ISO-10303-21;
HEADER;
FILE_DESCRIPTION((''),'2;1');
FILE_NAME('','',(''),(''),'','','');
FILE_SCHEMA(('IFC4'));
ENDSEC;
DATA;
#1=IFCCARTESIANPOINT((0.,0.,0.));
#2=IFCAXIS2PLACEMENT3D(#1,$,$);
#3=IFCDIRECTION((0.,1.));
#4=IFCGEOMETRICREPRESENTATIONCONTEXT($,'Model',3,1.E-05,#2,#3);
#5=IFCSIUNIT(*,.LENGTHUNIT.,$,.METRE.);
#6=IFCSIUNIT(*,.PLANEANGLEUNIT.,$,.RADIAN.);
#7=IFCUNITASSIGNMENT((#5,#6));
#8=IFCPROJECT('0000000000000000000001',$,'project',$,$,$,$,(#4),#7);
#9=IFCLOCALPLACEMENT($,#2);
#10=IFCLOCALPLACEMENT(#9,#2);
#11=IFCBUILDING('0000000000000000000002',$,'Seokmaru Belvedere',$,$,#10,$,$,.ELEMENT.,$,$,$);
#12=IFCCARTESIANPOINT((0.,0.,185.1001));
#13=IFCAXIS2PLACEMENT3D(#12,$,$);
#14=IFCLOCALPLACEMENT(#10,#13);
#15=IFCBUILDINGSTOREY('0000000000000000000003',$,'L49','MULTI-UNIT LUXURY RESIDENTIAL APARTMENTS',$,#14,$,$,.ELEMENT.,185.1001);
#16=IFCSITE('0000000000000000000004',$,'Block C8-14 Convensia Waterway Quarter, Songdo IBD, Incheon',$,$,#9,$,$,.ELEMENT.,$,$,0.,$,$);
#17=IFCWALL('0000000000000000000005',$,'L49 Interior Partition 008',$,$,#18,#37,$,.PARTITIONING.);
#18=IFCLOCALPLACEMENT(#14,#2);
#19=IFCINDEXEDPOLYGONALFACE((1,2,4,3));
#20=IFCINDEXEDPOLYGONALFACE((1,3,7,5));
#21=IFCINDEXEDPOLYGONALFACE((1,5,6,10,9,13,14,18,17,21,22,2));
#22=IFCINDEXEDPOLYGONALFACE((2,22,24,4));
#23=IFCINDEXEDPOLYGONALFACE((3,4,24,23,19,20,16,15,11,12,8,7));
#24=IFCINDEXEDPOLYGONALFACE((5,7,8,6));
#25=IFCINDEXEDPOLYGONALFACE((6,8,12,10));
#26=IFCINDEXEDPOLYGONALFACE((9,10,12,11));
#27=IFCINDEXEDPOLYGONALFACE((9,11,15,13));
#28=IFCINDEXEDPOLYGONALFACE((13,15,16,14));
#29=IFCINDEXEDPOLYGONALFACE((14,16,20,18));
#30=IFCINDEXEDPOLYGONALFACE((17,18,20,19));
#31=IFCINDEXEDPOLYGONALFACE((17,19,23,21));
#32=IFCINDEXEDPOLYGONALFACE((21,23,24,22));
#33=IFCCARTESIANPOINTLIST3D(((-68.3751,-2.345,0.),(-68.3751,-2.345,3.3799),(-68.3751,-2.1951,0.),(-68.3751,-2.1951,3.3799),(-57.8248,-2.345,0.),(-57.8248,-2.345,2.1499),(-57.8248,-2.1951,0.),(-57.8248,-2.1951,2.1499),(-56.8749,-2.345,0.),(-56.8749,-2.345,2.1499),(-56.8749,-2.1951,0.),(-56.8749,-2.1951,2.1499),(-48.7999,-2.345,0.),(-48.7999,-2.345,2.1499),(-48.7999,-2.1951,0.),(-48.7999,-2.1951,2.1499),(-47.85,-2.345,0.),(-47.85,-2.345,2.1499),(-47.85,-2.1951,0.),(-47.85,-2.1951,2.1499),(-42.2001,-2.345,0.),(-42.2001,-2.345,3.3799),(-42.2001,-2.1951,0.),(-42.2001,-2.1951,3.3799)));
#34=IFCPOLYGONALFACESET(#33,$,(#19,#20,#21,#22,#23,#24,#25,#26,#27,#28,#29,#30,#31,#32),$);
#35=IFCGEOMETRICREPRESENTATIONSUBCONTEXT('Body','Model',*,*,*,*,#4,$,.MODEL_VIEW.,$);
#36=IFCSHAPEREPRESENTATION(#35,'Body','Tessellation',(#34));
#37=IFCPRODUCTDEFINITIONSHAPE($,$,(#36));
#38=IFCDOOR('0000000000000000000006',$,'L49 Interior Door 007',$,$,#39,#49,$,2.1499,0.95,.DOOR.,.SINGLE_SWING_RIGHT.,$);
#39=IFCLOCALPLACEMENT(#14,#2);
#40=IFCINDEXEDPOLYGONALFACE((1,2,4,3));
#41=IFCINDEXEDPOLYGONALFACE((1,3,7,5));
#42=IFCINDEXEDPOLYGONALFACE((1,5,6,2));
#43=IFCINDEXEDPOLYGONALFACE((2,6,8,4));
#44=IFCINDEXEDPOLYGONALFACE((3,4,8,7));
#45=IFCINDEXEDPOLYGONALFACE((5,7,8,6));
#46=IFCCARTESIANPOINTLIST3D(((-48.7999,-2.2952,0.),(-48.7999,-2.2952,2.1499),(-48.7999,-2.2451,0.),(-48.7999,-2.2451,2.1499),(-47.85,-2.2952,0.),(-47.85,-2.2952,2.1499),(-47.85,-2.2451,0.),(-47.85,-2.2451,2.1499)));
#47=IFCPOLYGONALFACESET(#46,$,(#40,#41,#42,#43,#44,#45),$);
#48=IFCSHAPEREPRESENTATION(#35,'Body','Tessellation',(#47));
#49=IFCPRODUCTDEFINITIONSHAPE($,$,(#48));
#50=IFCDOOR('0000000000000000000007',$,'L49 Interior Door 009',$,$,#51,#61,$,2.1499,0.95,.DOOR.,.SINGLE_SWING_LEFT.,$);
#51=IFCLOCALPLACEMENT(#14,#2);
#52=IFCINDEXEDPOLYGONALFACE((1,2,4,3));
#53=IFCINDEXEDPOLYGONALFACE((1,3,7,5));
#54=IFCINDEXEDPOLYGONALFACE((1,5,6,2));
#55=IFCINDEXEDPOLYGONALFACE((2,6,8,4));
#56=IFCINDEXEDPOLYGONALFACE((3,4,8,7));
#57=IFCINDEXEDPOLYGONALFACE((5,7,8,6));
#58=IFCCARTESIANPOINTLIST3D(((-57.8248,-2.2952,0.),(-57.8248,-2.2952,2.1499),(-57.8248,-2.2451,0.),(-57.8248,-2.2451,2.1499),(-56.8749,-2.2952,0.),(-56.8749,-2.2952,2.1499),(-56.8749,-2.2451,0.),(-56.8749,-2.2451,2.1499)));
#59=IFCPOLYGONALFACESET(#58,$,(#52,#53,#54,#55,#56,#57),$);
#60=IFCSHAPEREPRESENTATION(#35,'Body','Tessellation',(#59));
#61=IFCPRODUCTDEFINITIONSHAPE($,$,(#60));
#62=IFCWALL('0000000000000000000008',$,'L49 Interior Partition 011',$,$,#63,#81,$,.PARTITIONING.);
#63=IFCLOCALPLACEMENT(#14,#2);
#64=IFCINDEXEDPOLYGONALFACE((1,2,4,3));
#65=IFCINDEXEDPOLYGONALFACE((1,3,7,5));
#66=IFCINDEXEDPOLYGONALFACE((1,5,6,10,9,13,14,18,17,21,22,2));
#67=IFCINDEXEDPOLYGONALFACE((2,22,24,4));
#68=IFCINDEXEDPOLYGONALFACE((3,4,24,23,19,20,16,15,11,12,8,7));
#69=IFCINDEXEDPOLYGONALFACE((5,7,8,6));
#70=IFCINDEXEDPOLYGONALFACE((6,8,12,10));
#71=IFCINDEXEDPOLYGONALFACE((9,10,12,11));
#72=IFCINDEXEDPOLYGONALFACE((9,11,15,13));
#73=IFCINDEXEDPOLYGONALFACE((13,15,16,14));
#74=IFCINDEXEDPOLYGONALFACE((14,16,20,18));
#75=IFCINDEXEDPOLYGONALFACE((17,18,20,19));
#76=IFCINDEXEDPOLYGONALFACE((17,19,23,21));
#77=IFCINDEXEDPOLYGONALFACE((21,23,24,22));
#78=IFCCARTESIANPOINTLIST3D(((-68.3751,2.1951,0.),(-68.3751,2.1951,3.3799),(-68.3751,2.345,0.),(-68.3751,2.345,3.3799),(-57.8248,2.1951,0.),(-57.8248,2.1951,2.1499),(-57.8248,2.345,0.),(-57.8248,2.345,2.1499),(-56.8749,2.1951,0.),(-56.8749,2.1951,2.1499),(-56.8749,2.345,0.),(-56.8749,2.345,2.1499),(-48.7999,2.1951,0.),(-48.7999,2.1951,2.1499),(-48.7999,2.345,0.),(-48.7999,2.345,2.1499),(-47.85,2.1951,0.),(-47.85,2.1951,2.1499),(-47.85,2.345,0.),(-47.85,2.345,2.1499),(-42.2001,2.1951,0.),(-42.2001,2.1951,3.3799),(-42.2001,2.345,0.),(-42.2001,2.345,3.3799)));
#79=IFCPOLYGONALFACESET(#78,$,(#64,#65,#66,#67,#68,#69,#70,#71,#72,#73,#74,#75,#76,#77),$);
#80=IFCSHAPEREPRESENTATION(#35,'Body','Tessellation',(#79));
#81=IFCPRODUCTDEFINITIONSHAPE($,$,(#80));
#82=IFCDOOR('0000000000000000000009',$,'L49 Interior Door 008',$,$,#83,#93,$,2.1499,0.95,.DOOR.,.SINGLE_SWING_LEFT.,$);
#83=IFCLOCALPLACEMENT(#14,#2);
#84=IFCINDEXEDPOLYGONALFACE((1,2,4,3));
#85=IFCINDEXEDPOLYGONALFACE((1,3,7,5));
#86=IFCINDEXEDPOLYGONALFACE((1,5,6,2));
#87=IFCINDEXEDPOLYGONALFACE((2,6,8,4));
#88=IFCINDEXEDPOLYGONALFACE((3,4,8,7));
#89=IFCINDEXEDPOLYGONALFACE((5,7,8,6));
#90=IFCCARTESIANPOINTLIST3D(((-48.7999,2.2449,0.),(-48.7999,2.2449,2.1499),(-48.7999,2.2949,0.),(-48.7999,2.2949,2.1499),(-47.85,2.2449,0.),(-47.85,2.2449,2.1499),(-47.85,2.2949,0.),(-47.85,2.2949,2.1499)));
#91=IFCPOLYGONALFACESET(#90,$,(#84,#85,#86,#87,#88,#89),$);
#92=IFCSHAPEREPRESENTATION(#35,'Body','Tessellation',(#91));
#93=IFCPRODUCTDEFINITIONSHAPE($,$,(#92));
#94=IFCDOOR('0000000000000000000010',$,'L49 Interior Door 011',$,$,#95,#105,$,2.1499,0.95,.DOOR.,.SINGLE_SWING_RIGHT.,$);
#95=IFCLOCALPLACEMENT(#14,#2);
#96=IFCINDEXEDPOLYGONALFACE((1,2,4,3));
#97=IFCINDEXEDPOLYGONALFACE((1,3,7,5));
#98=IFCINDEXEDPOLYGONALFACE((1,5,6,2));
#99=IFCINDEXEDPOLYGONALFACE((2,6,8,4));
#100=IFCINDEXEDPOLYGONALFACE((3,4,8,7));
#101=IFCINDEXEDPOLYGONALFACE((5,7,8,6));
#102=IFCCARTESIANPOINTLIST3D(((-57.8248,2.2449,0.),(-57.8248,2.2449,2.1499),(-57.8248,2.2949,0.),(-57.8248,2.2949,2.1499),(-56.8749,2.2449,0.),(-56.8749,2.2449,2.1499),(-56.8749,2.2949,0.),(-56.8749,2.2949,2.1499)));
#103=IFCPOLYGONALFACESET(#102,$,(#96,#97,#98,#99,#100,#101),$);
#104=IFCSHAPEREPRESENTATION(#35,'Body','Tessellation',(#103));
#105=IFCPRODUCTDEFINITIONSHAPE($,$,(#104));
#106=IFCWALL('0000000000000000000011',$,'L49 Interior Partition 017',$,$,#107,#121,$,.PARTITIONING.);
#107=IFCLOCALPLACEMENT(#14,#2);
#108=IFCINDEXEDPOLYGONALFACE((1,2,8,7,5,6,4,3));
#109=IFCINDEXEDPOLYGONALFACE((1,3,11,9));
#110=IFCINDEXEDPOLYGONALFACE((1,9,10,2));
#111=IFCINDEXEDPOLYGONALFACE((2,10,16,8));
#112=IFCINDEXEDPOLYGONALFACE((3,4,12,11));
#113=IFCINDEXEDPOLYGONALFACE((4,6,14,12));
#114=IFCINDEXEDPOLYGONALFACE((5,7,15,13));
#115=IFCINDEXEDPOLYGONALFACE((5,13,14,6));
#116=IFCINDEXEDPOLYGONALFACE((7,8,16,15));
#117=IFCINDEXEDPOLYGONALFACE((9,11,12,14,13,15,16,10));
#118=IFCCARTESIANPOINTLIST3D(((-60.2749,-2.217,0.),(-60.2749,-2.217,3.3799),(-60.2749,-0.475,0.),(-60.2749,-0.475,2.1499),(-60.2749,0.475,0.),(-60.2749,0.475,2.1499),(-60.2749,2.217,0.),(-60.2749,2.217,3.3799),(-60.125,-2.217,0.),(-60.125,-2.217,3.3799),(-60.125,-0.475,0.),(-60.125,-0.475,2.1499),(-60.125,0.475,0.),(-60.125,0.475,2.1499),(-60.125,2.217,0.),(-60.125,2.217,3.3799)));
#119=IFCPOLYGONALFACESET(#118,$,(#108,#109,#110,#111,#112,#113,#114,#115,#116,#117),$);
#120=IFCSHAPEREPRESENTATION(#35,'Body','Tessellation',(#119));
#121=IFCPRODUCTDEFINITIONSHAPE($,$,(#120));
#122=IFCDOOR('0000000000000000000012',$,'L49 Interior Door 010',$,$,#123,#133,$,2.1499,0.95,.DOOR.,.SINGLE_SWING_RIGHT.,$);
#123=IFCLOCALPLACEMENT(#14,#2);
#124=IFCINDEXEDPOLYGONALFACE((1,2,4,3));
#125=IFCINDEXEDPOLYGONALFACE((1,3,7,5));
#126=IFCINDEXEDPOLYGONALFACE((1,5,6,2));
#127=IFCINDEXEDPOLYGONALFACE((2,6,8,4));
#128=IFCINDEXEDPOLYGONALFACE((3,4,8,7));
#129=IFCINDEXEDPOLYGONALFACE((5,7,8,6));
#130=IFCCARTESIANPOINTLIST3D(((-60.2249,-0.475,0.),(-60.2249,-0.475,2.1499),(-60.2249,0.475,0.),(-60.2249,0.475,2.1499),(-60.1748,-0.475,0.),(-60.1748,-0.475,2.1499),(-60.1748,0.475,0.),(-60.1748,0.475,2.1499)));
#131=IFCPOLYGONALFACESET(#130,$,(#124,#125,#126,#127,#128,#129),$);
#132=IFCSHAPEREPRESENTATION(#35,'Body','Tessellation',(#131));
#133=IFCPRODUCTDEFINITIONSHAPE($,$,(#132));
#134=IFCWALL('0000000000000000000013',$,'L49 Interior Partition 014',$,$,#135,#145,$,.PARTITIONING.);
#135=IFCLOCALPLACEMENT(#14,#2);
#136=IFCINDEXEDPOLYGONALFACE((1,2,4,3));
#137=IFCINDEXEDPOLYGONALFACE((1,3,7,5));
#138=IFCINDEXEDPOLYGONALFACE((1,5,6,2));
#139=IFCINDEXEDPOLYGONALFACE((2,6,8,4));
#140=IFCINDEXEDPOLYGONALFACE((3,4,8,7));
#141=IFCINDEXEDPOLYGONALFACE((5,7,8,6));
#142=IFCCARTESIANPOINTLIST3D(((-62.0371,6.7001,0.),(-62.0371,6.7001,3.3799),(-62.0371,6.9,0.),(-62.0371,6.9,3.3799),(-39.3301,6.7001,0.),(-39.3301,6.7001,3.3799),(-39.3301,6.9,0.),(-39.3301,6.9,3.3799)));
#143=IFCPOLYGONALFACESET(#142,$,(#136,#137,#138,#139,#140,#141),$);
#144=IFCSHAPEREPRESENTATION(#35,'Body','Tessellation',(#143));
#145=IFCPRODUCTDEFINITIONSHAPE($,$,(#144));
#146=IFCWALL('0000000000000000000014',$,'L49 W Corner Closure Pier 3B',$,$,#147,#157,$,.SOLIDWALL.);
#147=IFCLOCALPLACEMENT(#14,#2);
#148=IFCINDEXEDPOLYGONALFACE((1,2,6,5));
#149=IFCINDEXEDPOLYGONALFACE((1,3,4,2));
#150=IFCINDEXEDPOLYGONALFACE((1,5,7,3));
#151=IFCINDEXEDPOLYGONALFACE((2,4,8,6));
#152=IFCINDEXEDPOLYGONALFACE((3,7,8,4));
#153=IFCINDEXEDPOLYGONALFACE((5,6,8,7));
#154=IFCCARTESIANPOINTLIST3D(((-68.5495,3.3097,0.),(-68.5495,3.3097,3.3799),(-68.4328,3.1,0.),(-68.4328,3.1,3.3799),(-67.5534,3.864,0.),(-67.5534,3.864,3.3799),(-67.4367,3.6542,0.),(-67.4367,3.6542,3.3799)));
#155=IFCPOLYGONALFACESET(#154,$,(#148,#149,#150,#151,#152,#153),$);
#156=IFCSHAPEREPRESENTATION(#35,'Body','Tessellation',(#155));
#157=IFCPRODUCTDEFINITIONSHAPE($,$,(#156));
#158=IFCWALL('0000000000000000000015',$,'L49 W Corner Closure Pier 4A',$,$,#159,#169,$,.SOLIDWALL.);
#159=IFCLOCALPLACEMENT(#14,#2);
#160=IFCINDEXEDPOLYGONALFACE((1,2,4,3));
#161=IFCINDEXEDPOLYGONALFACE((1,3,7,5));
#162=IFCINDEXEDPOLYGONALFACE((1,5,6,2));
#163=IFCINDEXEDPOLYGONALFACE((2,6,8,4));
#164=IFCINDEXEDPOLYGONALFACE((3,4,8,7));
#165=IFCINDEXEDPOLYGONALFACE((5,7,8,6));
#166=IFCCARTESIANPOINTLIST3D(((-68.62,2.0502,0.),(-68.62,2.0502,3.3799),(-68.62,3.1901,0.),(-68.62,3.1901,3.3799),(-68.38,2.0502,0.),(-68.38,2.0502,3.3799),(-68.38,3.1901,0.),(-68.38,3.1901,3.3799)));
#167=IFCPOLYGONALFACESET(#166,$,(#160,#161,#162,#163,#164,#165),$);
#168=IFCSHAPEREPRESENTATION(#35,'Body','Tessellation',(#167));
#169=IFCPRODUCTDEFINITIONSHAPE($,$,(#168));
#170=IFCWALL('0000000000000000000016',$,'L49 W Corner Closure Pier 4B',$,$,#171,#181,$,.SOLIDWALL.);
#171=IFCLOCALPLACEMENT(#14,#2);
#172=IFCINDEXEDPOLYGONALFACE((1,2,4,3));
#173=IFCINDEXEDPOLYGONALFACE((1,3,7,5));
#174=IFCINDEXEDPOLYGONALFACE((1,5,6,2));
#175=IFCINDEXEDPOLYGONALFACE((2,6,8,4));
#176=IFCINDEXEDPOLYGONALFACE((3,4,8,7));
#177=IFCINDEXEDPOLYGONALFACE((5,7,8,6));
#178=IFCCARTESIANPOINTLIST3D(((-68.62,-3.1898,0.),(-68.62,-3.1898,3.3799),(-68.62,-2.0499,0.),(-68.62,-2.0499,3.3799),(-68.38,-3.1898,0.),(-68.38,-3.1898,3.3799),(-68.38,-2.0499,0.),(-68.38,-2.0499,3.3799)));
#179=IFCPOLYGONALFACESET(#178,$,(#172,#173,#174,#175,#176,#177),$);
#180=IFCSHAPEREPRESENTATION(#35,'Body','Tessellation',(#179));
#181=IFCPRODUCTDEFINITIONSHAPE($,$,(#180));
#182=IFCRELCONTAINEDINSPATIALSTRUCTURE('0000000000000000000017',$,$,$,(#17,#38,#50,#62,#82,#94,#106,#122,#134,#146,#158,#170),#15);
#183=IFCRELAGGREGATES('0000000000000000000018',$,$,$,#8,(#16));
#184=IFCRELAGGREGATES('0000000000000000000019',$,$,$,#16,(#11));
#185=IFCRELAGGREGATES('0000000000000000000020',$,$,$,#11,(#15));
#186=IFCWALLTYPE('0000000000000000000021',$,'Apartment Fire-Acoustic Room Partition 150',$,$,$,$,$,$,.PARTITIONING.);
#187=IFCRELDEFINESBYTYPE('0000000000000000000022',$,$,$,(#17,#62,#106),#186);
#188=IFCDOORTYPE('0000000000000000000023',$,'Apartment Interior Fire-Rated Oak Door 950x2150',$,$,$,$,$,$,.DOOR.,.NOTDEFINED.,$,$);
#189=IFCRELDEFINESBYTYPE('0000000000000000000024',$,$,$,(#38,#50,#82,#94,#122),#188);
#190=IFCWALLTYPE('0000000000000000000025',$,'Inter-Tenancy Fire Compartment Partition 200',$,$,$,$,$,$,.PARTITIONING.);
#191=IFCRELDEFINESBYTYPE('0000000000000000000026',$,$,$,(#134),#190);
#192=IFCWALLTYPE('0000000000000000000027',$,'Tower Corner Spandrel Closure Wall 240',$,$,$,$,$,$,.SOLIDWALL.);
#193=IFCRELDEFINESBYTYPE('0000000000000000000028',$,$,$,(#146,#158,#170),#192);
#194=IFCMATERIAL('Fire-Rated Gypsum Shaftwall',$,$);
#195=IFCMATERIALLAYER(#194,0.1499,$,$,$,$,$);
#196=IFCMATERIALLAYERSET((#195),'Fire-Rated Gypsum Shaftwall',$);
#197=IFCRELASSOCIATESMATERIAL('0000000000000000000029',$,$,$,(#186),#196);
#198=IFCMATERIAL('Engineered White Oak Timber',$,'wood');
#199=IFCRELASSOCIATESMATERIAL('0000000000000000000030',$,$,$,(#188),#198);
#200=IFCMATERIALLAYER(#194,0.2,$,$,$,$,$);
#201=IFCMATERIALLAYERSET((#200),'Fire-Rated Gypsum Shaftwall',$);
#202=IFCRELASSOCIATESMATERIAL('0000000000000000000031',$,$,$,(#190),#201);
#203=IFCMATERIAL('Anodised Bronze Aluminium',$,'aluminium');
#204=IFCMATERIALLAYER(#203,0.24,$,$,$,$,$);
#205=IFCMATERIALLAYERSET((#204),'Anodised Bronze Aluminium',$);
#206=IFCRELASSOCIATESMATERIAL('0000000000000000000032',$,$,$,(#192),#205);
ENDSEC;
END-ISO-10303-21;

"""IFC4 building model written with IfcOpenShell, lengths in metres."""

from ifc_helpers import new_model, si_unit, direction, frame, frame_2d, origin, place, context, subcontext, project, spatial, rectangle, extrude, source, transform, mapped, material, layer, layer_set, type_object, type_shapes, element, fill, save


model = new_model("IFC4")

# Units and contexts
model_context = context("Model", 3, precision=1e-05, world=origin(), true_north=direction((0.0, 1.0)))
body_context = subcontext(model_context, "Body", "Model", "MODEL_VIEW")
ifc_project = project(units=[si_unit("LENGTHUNIT", "METRE"), si_unit("PLANEANGLEUNIT", "RADIAN")], contexts=[model_context])

# Site, building, storey
site_placement = place(None, origin())
site = spatial("IfcSite", under=ifc_project, at=site_placement, Name="Block C8-14 Convensia Waterway Quarter, Songdo IBD, Incheon", CompositionType="ELEMENT", RefElevation=0.0)
building_placement = place(site_placement, origin())
building = spatial("IfcBuilding", under=site, at=building_placement, Name="Seokmaru Belvedere", CompositionType="ELEMENT")
storey_placement = place(building_placement, frame((0.0, 0.0, 185.1001)))
storey = spatial("IfcBuildingStorey", under=building, at=storey_placement, Name="L49", Description="MULTI-UNIT LUXURY RESIDENTIAL APARTMENTS", CompositionType="ELEMENT", Elevation=185.1001)

# Shared definitions
ifc_material_1 = material(Name="Anodised Bronze Aluminium", Category="aluminium")

# Walls, openings, doors
ifc_material_2 = material(Name="Fire-Rated Gypsum Shaftwall")
ifc_layer_1 = layer(ifc_material_2, 0.1499)
ifc_layer_set_1 = layer_set([ifc_layer_1], Name="Fire-Rated Gypsum Shaftwall")
wall_type_1 = type_object("IfcWallType", Name="Apartment Fire-Acoustic Room Partition 150", PredefinedType="PARTITIONING", material=ifc_layer_set_1)
wall_1_placement = place(storey_placement, frame((-68.375, -2.27, 0.0), z_axis=(0.0, 0.0, 1.0), x_axis=(1.0, 0.0, 0.0)))
wall_1 = element("IfcWall", 1, at=wall_1_placement, inside=storey, type_object=wall_type_1, Name="L49 Interior Partition 008", PredefinedType="PARTITIONING", context=body_context, shape_type="SweptSolid", body=[
    extrude(rectangle(XDim=26.175, YDim=0.1499, at=frame_2d((13.0874, 0.0))), origin(), (0.0, 0.0, 1.0), 3.3799),
])
opening_1_placement = place(wall_1_placement, frame((19.575, 0.0, 0.0)))
opening_1 = element("IfcOpeningElement", 2, at=opening_1_placement, cuts=wall_1, PredefinedType="OPENING", context=body_context, shape_type="SweptSolid", body=[
    extrude(rectangle(XDim=0.95, YDim=2.1499, at=frame_2d((0.4751, 1.075))), frame((0.0, 0.085, 0.0), z_axis=(0.0, -1.0, 0.0), x_axis=(1.0, 0.0, 0.0)), (0.0, 0.0, 1.0), 0.1699),
])
opening_2_placement = place(wall_1_placement, frame((10.55, 0.0, 0.0)))
opening_2 = element("IfcOpeningElement", 3, at=opening_2_placement, cuts=wall_1, PredefinedType="OPENING", context=body_context, shape_type="SweptSolid", body=[
    extrude(rectangle(XDim=0.95, YDim=2.1499, at=frame_2d((0.4751, 1.075))), frame((0.0, 0.085, 0.0), z_axis=(0.0, -1.0, 0.0), x_axis=(1.0, 0.0, 0.0)), (0.0, 0.0, 1.0), 0.1699),
])
ifc_material_3 = material(Name="Engineered White Oak Timber", Category="wood")
door_type = type_object("IfcDoorType", Name="Apartment Interior Fire-Rated Oak Door 950x2150", OperationType="NOTDEFINED", PredefinedType="DOOR", material=ifc_material_3)
shared_shape_1 = source(origin(), body_context, "Body", "SweptSolid", [
    extrude(rectangle(XDim=0.95, YDim=2.1499, at=frame_2d((0.4751, 1.075))), frame((0.0, 0.0249, 0.0), z_axis=(0.0, -1.0, 0.0), x_axis=(1.0, 0.0, 0.0)), (0.0, 0.0, 1.0), 0.05),
])
type_shapes(door_type, [shared_shape_1])
door_1_placement = place(opening_1_placement, origin())
door_1 = element("IfcDoor", 4, at=door_1_placement, inside=storey, type_object=door_type, Name="L49 Interior Door 007", OperationType="SINGLE_SWING_RIGHT", OverallHeight=2.1499, OverallWidth=0.95, PredefinedType="DOOR", context=body_context, shape_type="MappedRepresentation", body=[
    mapped(shared_shape_1, transform((0.0, 0.0, 0.0), scale=1.0)),
])
fill(opening_1, door_1)
door_2_placement = place(opening_2_placement, origin())
door_2 = element("IfcDoor", 5, at=door_2_placement, inside=storey, type_object=door_type, Name="L49 Interior Door 009", OperationType="SINGLE_SWING_LEFT", OverallHeight=2.1499, OverallWidth=0.95, PredefinedType="DOOR", context=body_context, shape_type="MappedRepresentation", body=[
    mapped(shared_shape_1, transform((0.0, 0.0, 0.0), scale=1.0)),
])
fill(opening_2, door_2)
wall_2_placement = place(storey_placement, frame((-68.375, 2.27, 0.0), z_axis=(0.0, 0.0, 1.0), x_axis=(1.0, 0.0, 0.0)))
wall_2 = element("IfcWall", 6, at=wall_2_placement, inside=storey, type_object=wall_type_1, Name="L49 Interior Partition 011", PredefinedType="PARTITIONING", context=body_context, shape_type="SweptSolid", body=[
    extrude(rectangle(XDim=26.175, YDim=0.1499, at=frame_2d((13.0874, 0.0))), origin(), (0.0, 0.0, 1.0), 3.3799),
])
opening_3_placement = place(wall_2_placement, frame((19.575, 0.0, 0.0)))
opening_3 = element("IfcOpeningElement", 7, at=opening_3_placement, cuts=wall_2, PredefinedType="OPENING", context=body_context, shape_type="SweptSolid", body=[
    extrude(rectangle(XDim=0.95, YDim=2.1499, at=frame_2d((0.4751, 1.075))), frame((0.0, 0.085, 0.0), z_axis=(0.0, -1.0, 0.0), x_axis=(1.0, 0.0, 0.0)), (0.0, 0.0, 1.0), 0.1699),
])
opening_4_placement = place(wall_2_placement, frame((10.55, 0.0, 0.0)))
opening_4 = element("IfcOpeningElement", 8, at=opening_4_placement, cuts=wall_2, PredefinedType="OPENING", context=body_context, shape_type="SweptSolid", body=[
    extrude(rectangle(XDim=0.95, YDim=2.1499, at=frame_2d((0.4751, 1.075))), frame((0.0, 0.085, 0.0), z_axis=(0.0, -1.0, 0.0), x_axis=(1.0, 0.0, 0.0)), (0.0, 0.0, 1.0), 0.1699),
])
door_3_placement = place(opening_3_placement, origin())
door_3 = element("IfcDoor", 9, at=door_3_placement, inside=storey, type_object=door_type, Name="L49 Interior Door 008", OperationType="SINGLE_SWING_LEFT", OverallHeight=2.1499, OverallWidth=0.95, PredefinedType="DOOR", context=body_context, shape_type="MappedRepresentation", body=[
    mapped(shared_shape_1, transform((0.0, 0.0, 0.0), scale=1.0)),
])
fill(opening_3, door_3)
door_4_placement = place(opening_4_placement, origin())
door_4 = element("IfcDoor", 10, at=door_4_placement, inside=storey, type_object=door_type, Name="L49 Interior Door 011", OperationType="SINGLE_SWING_RIGHT", OverallHeight=2.1499, OverallWidth=0.95, PredefinedType="DOOR", context=body_context, shape_type="MappedRepresentation", body=[
    mapped(shared_shape_1, transform((0.0, 0.0, 0.0), scale=1.0)),
])
fill(opening_4, door_4)

# Wall, opening, door
wall_3_placement = place(storey_placement, frame((-60.2, -2.217, 0.0), z_axis=(0.0, 0.0, 1.0), x_axis=(0.0, 1.0, 0.0)))
wall_3 = element("IfcWall", 11, at=wall_3_placement, inside=storey, type_object=wall_type_1, Name="L49 Interior Partition 017", PredefinedType="PARTITIONING", context=body_context, shape_type="SweptSolid", body=[
    extrude(rectangle(XDim=4.4341, YDim=0.1499, at=frame_2d((2.217, 0.0))), origin(), (0.0, 0.0, 1.0), 3.3799),
])
opening_5_placement = place(wall_3_placement, frame((1.7419, 0.0, 0.0)))
opening_5 = element("IfcOpeningElement", 12, at=opening_5_placement, cuts=wall_3, PredefinedType="OPENING", context=body_context, shape_type="SweptSolid", body=[
    extrude(rectangle(XDim=0.95, YDim=2.1499, at=frame_2d((0.4751, 1.075))), frame((0.0, 0.085, 0.0), z_axis=(0.0, -1.0, 0.0), x_axis=(1.0, 0.0, 0.0)), (0.0, 0.0, 1.0), 0.1699),
])
door_5_placement = place(opening_5_placement, origin())
door_5 = element("IfcDoor", 13, at=door_5_placement, inside=storey, type_object=door_type, Name="L49 Interior Door 010", OperationType="SINGLE_SWING_RIGHT", OverallHeight=2.1499, OverallWidth=0.95, PredefinedType="DOOR", context=body_context, shape_type="MappedRepresentation", body=[
    mapped(shared_shape_1, transform((0.0, 0.0, 0.0), scale=1.0)),
])
fill(opening_5, door_5)

# Walls
ifc_layer_2 = layer(ifc_material_2, 0.2)
ifc_layer_set_2 = layer_set([ifc_layer_2], Name="Fire-Rated Gypsum Shaftwall")
wall_type_2 = type_object("IfcWallType", Name="Inter-Tenancy Fire Compartment Partition 200", PredefinedType="PARTITIONING", material=ifc_layer_set_2)
wall_4_placement = place(storey_placement, frame((-62.0371, 6.8, 0.0), z_axis=(0.0, 0.0, 1.0), x_axis=(1.0, 0.0, 0.0)))
element("IfcWall", 14, at=wall_4_placement, inside=storey, type_object=wall_type_2, Name="L49 Interior Partition 014", PredefinedType="PARTITIONING", context=body_context, shape_type="SweptSolid", body=[
    extrude(rectangle(XDim=22.707, YDim=0.2, at=frame_2d((11.3535, 0.0))), origin(), (0.0, 0.0, 1.0), 3.3799),
])
ifc_layer_3 = layer(ifc_material_1, 0.24)
ifc_layer_set_3 = layer_set([ifc_layer_3], Name="Anodised Bronze Aluminium")
wall_type_3 = type_object("IfcWallType", Name="Tower Corner Spandrel Closure Wall 240", PredefinedType="SOLIDWALL", material=ifc_layer_set_3)
for number, where, z_axis, x_axis, name in (
    (15, (-67.4951, 3.759, 0.0), (0.0, 0.0, 1.0), (-0.873854, -0.486188, 0.0), "L49 W Corner Closure Pier 3B"),
    (16, (-68.5, 3.1899, 0.0), (0.0, 0.0, 1.0), (0.0, -1.0, 0.0), "L49 W Corner Closure Pier 4A"),
    (17, (-68.5, -2.05, 0.0), (0.0, 0.0, 1.0), (0.0, -1.0, 0.0), "L49 W Corner Closure Pier 4B"),
):
    element("IfcWall", number, at=place(storey_placement, frame(where, z_axis=z_axis, x_axis=x_axis)), inside=storey, type_object=wall_type_3, Name=name, PredefinedType="SOLIDWALL", context=body_context, shape_type="SweptSolid", body=[
        extrude(rectangle(XDim=1.1399, YDim=0.24, at=frame_2d((0.5698, 0.0))), origin(), (0.0, 0.0, 1.0), 3.3799),
    ])

save(model, "model.ifc")
